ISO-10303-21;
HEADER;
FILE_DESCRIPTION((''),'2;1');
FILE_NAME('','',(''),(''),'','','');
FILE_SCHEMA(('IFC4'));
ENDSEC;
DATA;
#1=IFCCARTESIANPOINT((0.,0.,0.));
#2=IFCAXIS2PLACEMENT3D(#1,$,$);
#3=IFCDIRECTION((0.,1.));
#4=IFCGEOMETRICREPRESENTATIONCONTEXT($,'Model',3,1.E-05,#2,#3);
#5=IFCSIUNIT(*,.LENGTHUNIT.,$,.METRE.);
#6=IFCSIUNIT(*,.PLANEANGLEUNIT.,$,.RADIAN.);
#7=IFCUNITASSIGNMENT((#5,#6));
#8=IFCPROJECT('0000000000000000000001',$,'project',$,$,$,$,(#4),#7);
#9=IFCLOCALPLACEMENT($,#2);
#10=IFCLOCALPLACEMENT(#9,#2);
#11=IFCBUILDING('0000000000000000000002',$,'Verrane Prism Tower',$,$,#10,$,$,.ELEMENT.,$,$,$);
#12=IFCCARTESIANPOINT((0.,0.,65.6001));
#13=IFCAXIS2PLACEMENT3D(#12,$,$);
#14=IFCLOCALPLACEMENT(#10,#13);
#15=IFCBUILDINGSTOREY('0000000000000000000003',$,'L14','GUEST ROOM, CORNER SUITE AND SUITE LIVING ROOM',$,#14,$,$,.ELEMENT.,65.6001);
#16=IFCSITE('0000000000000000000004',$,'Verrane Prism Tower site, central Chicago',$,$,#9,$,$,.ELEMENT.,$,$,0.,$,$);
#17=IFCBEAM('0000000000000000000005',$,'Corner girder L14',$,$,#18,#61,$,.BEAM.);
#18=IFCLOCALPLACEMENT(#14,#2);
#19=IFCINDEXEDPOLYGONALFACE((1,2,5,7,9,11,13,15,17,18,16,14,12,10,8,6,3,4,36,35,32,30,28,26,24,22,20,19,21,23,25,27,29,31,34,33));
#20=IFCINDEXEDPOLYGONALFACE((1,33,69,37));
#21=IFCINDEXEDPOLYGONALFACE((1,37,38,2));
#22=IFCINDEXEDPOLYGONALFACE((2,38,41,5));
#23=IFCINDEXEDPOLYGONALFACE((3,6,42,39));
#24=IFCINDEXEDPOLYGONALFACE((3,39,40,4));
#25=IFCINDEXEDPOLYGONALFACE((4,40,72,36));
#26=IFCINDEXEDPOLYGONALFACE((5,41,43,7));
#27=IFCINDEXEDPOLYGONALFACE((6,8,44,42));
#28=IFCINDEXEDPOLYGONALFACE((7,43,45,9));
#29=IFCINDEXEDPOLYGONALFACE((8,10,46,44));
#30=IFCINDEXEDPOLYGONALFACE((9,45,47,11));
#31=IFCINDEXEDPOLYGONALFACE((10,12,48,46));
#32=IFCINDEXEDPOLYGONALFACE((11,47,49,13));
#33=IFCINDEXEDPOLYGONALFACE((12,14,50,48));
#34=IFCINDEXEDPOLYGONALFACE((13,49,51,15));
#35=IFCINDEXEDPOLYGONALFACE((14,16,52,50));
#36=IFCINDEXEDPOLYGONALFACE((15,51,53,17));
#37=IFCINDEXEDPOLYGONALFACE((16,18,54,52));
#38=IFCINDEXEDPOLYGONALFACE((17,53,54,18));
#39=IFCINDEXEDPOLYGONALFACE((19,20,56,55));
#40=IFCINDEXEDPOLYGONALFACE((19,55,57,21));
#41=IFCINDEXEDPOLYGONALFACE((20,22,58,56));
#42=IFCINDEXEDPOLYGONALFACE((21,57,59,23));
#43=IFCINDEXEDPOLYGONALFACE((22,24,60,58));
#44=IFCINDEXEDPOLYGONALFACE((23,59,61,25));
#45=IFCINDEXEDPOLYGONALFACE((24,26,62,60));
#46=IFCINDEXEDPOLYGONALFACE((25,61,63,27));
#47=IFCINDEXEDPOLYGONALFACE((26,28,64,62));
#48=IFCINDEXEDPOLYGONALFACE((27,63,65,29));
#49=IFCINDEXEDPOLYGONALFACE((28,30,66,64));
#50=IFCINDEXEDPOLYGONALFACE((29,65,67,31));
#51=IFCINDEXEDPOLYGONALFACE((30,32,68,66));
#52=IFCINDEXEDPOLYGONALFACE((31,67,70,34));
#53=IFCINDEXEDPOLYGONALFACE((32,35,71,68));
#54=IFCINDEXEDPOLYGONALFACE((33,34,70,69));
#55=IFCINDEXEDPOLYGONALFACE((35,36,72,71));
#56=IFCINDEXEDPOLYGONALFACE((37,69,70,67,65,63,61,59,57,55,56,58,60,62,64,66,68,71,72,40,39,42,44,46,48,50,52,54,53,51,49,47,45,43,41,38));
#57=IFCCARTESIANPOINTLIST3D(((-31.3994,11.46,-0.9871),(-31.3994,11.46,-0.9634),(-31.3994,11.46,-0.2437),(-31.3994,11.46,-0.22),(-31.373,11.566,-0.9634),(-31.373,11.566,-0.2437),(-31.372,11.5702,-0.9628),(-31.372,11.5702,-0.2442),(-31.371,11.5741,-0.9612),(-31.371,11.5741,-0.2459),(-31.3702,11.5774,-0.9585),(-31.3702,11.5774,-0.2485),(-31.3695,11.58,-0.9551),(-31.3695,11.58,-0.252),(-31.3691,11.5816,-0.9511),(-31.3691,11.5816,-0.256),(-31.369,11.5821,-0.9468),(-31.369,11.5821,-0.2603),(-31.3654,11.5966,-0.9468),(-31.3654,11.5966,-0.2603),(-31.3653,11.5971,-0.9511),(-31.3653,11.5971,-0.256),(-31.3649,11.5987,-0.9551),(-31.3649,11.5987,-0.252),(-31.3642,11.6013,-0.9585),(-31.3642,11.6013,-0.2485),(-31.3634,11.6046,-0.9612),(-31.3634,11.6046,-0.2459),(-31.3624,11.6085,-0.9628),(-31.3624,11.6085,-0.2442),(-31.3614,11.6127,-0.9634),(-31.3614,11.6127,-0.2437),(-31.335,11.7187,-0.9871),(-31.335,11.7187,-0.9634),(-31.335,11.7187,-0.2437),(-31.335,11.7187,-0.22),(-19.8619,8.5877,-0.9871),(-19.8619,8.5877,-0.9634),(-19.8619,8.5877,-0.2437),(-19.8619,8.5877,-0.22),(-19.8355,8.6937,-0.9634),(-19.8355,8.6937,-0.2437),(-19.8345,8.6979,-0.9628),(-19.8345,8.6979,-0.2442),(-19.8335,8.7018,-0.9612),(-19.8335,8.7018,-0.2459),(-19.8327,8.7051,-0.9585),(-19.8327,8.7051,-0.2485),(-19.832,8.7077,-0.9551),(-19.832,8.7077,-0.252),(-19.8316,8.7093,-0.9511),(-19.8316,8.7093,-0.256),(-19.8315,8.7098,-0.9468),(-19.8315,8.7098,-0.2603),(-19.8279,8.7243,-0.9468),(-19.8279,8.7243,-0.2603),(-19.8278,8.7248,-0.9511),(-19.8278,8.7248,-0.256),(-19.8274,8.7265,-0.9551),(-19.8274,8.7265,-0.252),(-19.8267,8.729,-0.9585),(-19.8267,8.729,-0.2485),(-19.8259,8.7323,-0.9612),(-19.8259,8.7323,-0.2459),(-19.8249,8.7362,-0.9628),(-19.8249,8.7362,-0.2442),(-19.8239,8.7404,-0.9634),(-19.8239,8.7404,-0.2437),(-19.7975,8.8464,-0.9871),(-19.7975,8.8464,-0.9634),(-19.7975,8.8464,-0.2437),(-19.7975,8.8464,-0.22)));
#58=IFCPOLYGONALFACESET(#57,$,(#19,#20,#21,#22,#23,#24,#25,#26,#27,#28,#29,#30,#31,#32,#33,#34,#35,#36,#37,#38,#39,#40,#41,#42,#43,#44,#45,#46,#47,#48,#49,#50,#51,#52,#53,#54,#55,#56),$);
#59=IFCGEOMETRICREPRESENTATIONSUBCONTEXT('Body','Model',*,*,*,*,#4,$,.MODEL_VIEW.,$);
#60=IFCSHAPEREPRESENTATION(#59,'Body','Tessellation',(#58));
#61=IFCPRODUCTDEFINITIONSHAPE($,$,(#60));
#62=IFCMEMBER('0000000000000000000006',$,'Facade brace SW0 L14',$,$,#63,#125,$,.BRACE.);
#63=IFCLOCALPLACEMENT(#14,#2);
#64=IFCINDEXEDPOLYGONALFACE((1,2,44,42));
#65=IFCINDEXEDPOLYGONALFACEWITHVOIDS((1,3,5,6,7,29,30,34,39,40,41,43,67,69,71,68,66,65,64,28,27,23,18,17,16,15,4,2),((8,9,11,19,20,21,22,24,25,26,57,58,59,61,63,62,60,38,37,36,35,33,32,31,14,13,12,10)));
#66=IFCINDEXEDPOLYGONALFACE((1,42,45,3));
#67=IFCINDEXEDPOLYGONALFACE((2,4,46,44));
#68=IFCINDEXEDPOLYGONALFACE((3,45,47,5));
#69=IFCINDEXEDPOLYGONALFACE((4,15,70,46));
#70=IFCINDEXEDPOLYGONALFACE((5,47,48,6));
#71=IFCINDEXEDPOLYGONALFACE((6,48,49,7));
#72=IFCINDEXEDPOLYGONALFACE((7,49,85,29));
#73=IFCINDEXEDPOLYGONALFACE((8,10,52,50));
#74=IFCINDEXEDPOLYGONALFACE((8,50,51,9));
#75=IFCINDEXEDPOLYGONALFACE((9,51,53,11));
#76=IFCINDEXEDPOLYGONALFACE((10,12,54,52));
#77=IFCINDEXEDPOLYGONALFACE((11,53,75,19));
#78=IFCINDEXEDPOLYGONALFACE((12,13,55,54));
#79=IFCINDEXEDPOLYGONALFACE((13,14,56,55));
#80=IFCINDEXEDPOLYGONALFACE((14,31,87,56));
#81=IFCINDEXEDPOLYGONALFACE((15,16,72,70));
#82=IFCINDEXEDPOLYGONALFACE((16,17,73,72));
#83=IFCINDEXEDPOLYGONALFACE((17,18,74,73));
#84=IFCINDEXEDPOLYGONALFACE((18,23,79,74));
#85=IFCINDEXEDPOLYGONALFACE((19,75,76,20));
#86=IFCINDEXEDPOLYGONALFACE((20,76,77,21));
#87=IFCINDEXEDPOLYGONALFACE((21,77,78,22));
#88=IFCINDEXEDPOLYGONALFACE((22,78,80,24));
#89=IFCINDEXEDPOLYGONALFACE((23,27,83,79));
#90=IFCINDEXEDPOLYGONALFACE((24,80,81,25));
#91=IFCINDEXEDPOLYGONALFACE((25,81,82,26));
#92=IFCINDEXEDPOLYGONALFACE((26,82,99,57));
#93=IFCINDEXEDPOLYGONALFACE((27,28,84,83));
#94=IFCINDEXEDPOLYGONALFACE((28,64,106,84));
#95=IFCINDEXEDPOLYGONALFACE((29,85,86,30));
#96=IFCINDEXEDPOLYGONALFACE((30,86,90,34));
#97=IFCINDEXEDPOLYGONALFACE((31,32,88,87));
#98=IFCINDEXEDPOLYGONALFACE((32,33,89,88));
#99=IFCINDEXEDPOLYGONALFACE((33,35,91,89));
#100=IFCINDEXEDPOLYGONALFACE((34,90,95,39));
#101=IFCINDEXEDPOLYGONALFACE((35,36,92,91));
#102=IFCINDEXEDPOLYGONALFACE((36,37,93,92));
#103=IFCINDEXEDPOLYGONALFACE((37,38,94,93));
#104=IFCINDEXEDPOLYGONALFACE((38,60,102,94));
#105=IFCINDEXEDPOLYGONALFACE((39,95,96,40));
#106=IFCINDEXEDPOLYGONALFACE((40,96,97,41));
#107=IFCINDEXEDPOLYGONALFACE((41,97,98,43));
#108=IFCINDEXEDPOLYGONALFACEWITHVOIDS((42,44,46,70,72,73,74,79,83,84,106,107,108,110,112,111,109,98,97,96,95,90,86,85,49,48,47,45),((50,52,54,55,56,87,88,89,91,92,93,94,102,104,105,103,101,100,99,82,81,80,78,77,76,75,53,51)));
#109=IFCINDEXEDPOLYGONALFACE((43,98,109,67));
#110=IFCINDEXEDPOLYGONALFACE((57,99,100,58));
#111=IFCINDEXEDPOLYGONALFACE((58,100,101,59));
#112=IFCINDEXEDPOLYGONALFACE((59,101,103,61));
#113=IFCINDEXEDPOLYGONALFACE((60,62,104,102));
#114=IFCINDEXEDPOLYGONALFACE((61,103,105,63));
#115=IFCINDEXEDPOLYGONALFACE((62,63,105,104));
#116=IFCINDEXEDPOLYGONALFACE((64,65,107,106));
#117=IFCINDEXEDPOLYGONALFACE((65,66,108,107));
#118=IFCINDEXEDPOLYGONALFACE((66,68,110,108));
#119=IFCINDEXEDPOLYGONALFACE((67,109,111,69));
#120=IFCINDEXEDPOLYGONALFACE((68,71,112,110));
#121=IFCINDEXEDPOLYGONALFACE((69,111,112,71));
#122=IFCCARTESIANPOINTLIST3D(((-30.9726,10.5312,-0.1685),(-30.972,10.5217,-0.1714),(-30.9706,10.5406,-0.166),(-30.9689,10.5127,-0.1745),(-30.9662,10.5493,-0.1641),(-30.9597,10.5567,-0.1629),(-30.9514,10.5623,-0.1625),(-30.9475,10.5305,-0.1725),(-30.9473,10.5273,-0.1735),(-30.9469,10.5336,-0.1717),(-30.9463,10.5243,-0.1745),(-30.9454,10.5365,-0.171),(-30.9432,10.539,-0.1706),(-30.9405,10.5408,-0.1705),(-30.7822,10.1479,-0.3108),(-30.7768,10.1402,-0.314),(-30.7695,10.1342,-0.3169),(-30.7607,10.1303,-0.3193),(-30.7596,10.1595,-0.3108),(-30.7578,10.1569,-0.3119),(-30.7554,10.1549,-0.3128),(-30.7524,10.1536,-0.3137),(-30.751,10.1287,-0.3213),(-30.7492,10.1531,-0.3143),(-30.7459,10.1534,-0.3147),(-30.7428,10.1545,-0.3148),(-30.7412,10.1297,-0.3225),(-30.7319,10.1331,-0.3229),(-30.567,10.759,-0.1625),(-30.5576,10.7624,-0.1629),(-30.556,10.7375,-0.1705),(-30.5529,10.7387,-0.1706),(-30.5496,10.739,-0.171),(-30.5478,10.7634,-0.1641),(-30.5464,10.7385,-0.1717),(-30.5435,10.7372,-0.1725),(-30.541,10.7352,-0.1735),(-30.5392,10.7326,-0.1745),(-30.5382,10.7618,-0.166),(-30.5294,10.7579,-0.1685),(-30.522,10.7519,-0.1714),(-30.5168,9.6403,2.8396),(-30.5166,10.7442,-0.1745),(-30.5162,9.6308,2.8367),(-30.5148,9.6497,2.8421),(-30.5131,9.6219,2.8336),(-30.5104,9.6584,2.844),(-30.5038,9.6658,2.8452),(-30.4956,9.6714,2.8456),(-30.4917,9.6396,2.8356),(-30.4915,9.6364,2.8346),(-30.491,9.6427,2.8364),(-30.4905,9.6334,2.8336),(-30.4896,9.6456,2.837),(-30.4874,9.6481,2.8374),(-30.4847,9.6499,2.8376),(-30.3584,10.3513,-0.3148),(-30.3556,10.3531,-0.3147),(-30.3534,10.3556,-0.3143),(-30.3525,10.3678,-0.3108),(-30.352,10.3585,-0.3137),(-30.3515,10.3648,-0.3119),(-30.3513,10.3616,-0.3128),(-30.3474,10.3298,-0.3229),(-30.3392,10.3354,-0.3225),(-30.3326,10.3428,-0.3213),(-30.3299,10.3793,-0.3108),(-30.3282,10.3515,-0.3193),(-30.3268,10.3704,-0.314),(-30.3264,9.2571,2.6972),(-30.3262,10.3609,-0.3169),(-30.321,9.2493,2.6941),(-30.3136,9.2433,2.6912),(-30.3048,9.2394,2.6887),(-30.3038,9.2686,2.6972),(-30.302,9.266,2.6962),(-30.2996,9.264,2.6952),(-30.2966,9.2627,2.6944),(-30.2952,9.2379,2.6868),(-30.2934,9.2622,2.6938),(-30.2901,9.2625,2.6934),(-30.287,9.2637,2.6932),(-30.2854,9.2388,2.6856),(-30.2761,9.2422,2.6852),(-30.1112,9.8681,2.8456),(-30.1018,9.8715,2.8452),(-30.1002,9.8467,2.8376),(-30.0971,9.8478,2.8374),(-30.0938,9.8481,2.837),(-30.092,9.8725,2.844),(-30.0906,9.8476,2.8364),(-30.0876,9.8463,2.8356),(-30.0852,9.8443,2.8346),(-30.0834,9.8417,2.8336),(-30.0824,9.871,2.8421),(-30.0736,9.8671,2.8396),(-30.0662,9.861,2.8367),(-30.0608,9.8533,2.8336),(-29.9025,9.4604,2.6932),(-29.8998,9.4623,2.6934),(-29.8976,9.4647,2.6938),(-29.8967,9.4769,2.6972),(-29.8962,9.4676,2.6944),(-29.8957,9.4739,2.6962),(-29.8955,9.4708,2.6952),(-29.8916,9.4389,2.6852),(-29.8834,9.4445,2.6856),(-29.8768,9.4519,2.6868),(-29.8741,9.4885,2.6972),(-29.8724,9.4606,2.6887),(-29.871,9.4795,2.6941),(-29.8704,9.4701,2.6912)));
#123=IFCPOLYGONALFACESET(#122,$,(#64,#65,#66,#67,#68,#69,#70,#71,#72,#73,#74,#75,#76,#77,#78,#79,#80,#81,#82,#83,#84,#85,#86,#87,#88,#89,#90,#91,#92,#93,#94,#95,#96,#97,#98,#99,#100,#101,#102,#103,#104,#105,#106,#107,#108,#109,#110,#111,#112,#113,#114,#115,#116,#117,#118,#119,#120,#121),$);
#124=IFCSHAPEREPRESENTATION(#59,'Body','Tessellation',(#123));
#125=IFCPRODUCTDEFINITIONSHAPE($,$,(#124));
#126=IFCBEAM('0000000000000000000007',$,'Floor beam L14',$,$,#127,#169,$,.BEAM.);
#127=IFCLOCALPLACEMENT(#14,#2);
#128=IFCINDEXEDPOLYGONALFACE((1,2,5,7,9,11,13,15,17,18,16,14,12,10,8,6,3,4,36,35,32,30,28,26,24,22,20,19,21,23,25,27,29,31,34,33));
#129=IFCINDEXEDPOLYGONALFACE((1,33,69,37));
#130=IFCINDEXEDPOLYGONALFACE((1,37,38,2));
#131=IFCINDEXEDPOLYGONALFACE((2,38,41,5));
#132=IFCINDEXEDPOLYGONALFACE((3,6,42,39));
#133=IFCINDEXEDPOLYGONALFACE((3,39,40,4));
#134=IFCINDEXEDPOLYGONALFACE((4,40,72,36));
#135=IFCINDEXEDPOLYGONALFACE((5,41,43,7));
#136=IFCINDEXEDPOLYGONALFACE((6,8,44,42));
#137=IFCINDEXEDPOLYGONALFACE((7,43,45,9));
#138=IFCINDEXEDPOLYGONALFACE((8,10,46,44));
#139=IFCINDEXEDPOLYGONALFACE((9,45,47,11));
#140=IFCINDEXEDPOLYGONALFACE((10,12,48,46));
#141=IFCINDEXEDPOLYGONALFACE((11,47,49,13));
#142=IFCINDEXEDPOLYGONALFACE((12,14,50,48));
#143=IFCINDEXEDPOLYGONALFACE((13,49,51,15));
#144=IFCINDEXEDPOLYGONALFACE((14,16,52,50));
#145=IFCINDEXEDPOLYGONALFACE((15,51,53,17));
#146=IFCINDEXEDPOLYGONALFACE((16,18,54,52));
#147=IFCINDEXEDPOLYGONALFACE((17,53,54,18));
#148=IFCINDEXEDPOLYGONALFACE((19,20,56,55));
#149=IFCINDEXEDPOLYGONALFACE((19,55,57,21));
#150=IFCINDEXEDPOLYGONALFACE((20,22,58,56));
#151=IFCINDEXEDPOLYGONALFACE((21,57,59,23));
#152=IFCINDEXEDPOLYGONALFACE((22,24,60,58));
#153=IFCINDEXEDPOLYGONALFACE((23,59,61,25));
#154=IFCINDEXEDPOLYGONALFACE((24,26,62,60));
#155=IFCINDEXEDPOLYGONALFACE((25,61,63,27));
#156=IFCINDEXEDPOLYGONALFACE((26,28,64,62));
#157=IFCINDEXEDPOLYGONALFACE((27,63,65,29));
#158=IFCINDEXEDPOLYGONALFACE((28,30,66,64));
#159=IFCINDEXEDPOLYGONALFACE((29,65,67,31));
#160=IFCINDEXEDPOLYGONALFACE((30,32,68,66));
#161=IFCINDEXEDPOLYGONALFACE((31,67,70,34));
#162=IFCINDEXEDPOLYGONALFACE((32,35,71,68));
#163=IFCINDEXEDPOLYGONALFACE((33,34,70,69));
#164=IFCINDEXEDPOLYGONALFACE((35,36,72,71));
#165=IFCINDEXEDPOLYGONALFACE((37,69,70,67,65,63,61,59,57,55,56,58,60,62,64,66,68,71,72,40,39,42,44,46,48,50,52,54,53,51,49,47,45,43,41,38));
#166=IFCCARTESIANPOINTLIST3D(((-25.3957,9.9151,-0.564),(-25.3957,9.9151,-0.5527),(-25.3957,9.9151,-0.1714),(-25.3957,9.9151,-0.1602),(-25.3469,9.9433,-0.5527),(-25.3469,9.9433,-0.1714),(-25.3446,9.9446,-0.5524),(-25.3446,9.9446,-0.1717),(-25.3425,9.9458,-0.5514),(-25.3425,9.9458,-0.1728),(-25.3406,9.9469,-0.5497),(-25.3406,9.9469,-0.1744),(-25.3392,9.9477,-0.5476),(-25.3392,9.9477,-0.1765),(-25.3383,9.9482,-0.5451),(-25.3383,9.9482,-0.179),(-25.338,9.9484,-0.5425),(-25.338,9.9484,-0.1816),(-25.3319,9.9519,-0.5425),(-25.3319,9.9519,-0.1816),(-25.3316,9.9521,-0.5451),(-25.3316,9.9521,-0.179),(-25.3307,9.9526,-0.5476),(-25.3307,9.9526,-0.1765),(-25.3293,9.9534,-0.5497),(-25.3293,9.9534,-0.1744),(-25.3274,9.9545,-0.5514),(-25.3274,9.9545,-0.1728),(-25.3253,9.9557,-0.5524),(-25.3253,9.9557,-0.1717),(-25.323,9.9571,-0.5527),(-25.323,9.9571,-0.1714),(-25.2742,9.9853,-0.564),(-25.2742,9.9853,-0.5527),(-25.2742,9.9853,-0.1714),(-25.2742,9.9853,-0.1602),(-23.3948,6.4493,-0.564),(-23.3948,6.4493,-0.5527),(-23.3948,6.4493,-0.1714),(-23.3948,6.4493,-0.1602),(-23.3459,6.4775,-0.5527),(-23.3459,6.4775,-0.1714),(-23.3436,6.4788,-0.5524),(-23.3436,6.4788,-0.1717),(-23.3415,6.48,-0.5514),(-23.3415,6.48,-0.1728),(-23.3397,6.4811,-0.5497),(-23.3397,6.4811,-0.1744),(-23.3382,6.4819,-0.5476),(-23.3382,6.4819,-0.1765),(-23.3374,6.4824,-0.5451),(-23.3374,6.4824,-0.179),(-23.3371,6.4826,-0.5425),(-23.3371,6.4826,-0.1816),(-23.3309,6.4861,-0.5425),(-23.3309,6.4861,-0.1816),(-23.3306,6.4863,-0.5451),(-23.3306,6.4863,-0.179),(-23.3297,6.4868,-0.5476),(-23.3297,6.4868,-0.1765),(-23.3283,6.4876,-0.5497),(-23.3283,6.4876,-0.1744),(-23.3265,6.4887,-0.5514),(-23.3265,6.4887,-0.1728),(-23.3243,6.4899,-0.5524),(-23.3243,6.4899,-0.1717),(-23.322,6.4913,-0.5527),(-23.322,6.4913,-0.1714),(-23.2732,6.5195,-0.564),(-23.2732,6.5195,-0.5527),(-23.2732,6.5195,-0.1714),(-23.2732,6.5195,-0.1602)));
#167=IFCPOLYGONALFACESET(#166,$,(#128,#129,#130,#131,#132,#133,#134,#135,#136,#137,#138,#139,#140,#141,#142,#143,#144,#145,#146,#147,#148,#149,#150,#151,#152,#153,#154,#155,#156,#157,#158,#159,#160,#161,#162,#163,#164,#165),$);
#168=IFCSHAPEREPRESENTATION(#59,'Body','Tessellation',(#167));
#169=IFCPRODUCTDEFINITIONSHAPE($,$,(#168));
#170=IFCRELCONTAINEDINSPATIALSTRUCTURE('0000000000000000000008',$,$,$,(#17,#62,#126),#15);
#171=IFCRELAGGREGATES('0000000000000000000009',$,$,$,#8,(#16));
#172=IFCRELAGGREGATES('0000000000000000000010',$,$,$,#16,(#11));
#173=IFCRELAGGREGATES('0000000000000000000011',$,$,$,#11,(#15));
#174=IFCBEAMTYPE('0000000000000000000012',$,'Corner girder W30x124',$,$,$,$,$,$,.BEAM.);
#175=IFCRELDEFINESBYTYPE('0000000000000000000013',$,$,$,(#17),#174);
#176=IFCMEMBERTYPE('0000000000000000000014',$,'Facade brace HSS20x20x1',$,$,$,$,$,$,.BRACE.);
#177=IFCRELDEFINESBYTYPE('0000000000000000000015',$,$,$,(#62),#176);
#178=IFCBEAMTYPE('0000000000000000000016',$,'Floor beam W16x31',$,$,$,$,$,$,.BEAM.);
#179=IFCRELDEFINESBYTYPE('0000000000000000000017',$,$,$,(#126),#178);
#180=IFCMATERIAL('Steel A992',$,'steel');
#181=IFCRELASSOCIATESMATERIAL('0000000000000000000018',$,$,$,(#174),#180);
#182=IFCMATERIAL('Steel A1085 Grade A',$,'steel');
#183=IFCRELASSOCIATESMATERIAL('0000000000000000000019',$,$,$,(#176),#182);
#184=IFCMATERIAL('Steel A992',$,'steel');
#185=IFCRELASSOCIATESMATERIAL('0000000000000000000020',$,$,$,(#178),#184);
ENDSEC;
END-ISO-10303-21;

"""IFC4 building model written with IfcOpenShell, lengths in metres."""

from ifc_helpers import new_model, si_unit, direction, frame, origin, origin_2d, place, context, subcontext, project, spatial, hollow_rectangle, i_section, extrude, material, material_profile, profile_set, type_object, element, save


model = new_model("IFC4")

# Units and contexts
model_context = context("Model", 3, precision=1e-05, world=origin(), true_north=direction((0.0, 1.0)))
body_context = subcontext(model_context, "Body", "Model", "MODEL_VIEW")
ifc_project = project(units=[si_unit("LENGTHUNIT", "METRE"), si_unit("PLANEANGLEUNIT", "RADIAN")], contexts=[model_context])

# Site, building, storey
site_placement = place(None, origin())
site = spatial("IfcSite", under=ifc_project, at=site_placement, Name="Verrane Prism Tower site, central Chicago", CompositionType="ELEMENT", RefElevation=0.0)
building_placement = place(site_placement, origin())
building = spatial("IfcBuilding", under=site, at=building_placement, Name="Verrane Prism Tower", CompositionType="ELEMENT")
storey_placement = place(building_placement, frame((0.0, 0.0, 65.6001)))
storey = spatial("IfcBuildingStorey", under=building, at=storey_placement, Name="L14", Description="GUEST ROOM, CORNER SUITE AND SUITE LIVING ROOM", CompositionType="ELEMENT", Elevation=65.6001)

# Beam
ifc_material_1 = material(Name="Steel A992", Category="steel")
ifc_material_profile_1 = material_profile(ifc_material_1, i_section(OverallWidth=0.2666, OverallDepth=0.7671, WebThickness=0.0149, FlangeThickness=0.0237, FilletRadius=0.0166, at=origin_2d()), Name="W30x124")
ifc_profile_set_1 = profile_set([ifc_material_profile_1], Name="Steel A992")
beam_type_1 = type_object("IfcBeamType", Name="Corner girder W30x124", PredefinedType="BEAM", material=ifc_profile_set_1)
beam_1_placement = place(storey_placement, frame((-31.3672, 11.5894, -0.6035), z_axis=(0.970381, -0.241579, 0.0), x_axis=(0.241579, 0.970381, 0.0)))
element("IfcBeam", 1, at=beam_1_placement, inside=storey, type_object=beam_type_1, Name="Corner girder L14", PredefinedType="BEAM", context=body_context, shape_type="SweptSolid", body=[
    extrude(i_section(OverallWidth=0.2666, OverallDepth=0.7671, WebThickness=0.0149, FlangeThickness=0.0237, FilletRadius=0.0166, at=origin_2d()), origin(), (0.0, 0.0, 1.0), 11.8896),
])

# Member
ifc_material_2 = material(Name="Steel A1085 Grade A", Category="steel")
ifc_material_profile_2 = material_profile(ifc_material_2, hollow_rectangle(XDim=0.5081, YDim=0.5081, WallThickness=0.0254, InnerFilletRadius=0.0127, OuterFilletRadius=0.0381, at=origin_2d()), Name="HSS20x20x1")
ifc_profile_set_2 = profile_set([ifc_material_profile_2], Name="Steel A1085 Grade A")
member_type_1 = type_object("IfcMemberType", Name="Facade brace HSS20x20x1", PredefinedType="BRACE", material=ifc_profile_set_2)
member_1_placement = place(storey_placement, frame((-30.6494, 10.446, -0.2427), z_axis=(0.143782, -0.281018, 0.948871), x_axis=(0.890241, 0.455489, 0.0)))
element("IfcMember", 2, at=member_1_placement, inside=storey, type_object=member_type_1, Name="Facade brace SW0 L14", PredefinedType="BRACE", context=body_context, shape_type="SweptSolid", body=[
    extrude(hollow_rectangle(XDim=0.5081, YDim=0.5081, WallThickness=0.0254, InnerFilletRadius=0.0127, OuterFilletRadius=0.0381, at=origin_2d()), origin(), (0.0, 0.0, 1.0), 3.1702),
])

# Beam
ifc_material_3 = material(Name="Steel A992", Category="steel")
ifc_material_profile_3 = material_profile(ifc_material_3, i_section(OverallWidth=0.1404, OverallDepth=0.4038, WebThickness=0.0071, FlangeThickness=0.0112, FilletRadius=0.0103, at=origin_2d()), Name="W16x31")
ifc_profile_set_3 = profile_set([ifc_material_profile_3], Name="Steel A992")
beam_type_2 = type_object("IfcBeamType", Name="Floor beam W16x31", PredefinedType="BEAM", material=ifc_profile_set_3)
beam_2_placement = place(storey_placement, frame((-23.334, 6.4844, -0.3621), z_axis=(-0.499997, 0.866027, 0.0), x_axis=(-0.866027, -0.499997, 0.0)))
element("IfcBeam", 3, at=beam_2_placement, inside=storey, type_object=beam_type_2, Name="Floor beam L14", PredefinedType="BEAM", context=body_context, shape_type="SweptSolid", body=[
    extrude(i_section(OverallWidth=0.1404, OverallDepth=0.4038, WebThickness=0.0071, FlangeThickness=0.0112, FilletRadius=0.0103, at=origin_2d()), origin(), (0.0, 0.0, 1.0), 4.002),
])

save(model, "model.ifc")
